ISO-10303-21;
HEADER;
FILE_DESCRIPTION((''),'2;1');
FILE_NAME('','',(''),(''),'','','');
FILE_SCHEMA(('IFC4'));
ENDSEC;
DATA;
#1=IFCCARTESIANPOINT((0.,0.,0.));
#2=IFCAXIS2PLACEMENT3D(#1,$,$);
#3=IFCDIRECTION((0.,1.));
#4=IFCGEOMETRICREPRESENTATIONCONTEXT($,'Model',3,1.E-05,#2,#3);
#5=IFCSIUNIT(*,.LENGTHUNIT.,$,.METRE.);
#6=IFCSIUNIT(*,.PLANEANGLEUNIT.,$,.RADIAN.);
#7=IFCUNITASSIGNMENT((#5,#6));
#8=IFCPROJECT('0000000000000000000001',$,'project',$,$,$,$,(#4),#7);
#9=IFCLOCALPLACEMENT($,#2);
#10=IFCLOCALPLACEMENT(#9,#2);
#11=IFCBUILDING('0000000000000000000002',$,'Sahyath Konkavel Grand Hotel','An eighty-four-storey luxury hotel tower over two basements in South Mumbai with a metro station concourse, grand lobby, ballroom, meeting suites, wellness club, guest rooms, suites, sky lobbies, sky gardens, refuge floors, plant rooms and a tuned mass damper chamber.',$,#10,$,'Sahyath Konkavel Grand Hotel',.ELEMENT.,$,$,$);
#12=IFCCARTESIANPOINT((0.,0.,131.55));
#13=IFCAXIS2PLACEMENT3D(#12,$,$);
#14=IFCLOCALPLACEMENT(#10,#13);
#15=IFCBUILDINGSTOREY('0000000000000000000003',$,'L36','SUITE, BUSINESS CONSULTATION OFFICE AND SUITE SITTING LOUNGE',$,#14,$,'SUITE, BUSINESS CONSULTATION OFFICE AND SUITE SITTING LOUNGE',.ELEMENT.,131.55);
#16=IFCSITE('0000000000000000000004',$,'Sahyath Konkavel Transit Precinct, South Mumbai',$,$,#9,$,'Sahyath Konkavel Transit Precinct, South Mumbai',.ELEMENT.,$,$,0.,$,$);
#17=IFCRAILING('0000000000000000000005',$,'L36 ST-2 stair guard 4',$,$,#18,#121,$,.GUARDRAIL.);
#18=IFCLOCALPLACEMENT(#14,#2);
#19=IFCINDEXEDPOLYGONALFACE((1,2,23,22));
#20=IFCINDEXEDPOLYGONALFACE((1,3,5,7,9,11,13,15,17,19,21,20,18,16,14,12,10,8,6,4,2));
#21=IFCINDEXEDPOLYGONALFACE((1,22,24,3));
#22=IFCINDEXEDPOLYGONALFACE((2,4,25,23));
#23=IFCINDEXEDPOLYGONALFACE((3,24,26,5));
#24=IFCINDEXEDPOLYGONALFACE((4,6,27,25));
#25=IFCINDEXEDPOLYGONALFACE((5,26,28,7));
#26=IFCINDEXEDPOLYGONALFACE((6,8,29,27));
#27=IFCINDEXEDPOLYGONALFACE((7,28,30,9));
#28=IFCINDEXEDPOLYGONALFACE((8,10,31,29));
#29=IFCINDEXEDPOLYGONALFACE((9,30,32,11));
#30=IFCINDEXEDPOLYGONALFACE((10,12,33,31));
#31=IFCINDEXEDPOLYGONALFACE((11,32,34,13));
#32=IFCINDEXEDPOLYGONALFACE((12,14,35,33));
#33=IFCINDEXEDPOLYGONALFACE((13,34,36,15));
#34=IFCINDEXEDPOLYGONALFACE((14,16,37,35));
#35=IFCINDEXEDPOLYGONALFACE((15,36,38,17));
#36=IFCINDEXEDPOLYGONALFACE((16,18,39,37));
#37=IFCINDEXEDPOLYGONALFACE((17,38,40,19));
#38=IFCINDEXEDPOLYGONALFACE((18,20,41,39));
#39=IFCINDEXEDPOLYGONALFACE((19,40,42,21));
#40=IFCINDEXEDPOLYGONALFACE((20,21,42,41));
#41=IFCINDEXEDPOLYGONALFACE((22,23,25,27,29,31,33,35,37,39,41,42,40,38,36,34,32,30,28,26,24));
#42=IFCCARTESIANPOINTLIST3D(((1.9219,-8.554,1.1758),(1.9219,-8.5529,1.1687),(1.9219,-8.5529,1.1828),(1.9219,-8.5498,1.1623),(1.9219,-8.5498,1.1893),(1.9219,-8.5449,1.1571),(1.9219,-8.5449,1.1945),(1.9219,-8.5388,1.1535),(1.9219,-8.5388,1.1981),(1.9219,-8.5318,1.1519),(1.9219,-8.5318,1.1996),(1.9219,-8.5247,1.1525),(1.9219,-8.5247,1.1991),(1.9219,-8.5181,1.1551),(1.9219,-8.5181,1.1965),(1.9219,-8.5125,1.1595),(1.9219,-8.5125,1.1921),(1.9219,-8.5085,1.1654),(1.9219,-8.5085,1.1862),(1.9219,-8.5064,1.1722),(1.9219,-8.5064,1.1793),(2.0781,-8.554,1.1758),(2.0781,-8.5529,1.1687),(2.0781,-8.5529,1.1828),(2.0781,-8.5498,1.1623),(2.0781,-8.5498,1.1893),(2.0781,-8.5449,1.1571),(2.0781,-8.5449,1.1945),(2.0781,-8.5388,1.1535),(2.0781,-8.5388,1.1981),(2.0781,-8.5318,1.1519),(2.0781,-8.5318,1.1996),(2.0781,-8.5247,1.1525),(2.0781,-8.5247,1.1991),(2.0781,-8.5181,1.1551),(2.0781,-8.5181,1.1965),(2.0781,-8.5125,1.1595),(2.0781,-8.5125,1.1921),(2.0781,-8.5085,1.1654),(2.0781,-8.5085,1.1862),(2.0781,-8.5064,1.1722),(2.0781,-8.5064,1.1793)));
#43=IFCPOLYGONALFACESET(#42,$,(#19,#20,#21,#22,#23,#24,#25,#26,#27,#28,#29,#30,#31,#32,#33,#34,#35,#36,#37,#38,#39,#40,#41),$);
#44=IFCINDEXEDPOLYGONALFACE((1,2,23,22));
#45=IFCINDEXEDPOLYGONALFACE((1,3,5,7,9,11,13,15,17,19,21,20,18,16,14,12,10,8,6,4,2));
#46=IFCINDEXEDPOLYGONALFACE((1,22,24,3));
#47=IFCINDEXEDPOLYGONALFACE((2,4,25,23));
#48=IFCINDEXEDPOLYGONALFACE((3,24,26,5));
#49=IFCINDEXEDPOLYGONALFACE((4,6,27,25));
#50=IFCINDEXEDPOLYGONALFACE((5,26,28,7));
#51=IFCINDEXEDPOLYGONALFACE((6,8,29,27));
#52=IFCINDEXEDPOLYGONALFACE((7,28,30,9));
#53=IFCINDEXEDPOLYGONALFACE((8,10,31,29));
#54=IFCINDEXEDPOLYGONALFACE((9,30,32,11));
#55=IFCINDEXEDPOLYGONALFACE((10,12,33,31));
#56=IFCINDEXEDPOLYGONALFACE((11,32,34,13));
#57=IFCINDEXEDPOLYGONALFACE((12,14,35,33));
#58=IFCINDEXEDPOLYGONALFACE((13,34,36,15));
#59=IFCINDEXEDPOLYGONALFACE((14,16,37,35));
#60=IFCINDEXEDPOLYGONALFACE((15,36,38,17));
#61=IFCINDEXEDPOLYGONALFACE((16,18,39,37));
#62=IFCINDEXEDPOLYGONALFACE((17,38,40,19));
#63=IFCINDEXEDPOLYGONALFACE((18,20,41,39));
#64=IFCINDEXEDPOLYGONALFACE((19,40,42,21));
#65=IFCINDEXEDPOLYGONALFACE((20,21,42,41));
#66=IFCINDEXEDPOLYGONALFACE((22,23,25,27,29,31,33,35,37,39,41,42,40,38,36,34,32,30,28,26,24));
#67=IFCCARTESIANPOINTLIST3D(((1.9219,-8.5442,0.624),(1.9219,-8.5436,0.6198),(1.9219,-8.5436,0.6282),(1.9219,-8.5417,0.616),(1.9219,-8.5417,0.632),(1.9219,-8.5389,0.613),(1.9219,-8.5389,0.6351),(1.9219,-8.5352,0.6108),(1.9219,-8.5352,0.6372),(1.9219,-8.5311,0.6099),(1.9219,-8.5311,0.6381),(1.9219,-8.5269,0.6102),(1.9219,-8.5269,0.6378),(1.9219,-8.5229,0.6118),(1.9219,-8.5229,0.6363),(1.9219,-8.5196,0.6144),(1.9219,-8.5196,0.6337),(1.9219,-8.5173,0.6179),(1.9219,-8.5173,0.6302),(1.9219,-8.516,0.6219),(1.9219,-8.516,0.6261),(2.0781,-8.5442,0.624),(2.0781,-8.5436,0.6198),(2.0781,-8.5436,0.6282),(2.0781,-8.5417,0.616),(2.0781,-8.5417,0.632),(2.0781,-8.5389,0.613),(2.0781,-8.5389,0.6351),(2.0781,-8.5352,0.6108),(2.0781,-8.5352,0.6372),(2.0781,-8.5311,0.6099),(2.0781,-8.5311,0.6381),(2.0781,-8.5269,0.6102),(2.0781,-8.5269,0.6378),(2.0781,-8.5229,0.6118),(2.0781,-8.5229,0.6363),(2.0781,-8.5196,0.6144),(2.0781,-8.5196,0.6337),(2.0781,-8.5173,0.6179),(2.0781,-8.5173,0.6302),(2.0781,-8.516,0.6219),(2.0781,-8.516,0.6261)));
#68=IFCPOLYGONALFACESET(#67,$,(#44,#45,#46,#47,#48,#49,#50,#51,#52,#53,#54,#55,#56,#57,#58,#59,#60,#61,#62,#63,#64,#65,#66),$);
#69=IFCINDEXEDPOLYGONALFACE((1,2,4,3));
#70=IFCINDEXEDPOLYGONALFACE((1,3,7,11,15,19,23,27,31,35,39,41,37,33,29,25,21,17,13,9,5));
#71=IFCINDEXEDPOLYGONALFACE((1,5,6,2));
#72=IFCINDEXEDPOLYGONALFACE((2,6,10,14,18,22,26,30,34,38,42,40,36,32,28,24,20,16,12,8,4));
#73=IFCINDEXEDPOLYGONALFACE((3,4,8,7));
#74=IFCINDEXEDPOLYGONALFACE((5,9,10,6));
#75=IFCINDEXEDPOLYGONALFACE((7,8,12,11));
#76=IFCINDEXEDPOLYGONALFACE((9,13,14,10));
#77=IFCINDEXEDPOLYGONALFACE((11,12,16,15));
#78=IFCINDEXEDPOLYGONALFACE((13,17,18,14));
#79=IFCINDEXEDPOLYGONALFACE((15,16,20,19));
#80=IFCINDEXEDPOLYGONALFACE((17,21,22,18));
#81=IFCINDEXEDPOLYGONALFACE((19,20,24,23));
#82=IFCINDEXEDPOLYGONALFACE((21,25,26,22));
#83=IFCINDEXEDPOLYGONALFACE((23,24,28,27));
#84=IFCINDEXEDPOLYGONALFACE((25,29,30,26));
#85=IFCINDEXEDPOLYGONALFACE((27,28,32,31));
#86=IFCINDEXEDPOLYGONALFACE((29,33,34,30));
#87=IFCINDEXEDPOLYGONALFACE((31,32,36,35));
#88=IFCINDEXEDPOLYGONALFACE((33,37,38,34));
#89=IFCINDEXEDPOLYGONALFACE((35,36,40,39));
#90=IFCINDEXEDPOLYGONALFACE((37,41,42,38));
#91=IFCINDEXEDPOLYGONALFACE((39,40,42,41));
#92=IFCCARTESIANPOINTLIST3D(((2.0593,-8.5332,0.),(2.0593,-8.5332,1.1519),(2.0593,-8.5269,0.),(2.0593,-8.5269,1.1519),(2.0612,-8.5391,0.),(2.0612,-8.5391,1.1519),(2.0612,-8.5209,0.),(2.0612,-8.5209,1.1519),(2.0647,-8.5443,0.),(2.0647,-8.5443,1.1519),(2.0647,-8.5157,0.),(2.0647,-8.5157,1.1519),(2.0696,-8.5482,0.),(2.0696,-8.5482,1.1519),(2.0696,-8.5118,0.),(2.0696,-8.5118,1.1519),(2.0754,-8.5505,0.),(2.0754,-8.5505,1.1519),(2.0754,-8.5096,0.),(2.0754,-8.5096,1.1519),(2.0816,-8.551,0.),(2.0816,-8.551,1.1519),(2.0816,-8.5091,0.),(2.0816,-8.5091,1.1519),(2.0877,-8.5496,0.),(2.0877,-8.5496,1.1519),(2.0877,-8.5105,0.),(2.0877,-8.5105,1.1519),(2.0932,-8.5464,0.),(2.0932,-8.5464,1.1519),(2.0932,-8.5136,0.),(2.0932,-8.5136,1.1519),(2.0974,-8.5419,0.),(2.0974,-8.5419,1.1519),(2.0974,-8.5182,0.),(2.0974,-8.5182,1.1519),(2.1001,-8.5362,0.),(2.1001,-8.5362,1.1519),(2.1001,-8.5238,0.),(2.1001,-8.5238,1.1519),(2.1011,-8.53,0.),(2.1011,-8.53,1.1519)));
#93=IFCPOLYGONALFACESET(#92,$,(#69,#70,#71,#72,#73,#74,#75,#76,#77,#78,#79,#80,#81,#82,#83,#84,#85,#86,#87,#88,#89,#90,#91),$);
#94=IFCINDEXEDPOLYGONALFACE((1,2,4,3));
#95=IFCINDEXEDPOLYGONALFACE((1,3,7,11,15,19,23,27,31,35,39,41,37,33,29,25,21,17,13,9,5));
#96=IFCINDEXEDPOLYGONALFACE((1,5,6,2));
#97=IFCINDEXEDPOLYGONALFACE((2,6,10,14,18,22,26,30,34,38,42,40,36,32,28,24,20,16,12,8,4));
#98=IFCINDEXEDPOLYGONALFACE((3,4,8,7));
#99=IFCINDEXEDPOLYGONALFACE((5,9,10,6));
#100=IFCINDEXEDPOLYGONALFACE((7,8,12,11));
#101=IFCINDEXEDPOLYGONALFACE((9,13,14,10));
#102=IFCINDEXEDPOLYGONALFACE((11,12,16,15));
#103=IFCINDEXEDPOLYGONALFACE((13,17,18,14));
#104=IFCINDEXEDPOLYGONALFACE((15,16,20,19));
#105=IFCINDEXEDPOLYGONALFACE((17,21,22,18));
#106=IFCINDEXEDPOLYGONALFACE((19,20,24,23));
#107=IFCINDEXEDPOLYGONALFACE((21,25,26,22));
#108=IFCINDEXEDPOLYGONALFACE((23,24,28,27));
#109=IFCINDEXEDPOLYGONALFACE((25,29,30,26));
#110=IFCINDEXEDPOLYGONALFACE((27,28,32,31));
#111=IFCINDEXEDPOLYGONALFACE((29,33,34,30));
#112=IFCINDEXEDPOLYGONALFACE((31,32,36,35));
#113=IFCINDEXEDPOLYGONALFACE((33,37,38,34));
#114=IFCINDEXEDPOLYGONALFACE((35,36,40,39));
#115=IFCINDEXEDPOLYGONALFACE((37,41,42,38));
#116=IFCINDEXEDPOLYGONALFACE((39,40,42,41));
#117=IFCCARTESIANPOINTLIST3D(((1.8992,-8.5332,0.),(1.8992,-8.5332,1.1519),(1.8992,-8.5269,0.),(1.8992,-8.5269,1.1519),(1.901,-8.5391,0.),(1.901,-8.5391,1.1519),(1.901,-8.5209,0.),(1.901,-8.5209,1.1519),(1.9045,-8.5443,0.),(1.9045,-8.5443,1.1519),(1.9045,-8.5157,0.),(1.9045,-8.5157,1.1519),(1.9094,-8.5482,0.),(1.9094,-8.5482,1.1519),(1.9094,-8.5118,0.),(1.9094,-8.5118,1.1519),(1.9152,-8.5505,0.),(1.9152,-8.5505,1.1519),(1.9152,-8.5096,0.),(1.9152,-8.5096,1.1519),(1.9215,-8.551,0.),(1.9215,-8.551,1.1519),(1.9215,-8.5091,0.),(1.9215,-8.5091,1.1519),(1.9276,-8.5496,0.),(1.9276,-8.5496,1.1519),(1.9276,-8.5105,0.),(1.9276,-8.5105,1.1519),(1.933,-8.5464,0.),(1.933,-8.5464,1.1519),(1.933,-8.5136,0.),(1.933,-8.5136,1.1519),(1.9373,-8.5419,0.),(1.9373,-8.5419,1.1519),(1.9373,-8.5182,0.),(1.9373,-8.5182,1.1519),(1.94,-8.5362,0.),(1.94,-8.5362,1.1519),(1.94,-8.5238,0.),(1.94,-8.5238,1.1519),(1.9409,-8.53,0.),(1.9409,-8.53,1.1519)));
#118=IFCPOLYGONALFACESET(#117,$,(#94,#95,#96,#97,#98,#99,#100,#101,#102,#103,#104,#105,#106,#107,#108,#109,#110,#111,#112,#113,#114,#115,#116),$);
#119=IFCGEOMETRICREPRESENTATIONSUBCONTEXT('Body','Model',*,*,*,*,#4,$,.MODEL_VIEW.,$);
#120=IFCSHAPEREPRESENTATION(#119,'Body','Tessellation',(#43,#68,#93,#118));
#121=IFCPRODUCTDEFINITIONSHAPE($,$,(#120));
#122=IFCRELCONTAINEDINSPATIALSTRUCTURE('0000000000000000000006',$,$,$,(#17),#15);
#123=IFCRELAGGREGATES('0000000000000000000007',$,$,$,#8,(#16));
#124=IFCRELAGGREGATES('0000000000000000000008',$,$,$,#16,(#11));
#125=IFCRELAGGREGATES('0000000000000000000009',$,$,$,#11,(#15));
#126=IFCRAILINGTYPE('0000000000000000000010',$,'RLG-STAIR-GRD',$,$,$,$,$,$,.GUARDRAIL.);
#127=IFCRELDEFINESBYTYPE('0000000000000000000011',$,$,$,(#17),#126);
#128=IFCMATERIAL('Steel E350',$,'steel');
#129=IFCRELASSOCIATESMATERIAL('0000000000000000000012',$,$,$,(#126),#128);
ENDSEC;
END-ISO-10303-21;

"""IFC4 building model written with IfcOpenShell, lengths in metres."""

from ifc_helpers import new_model, si_unit, direction, frame, origin, origin_2d, place, context, subcontext, project, spatial, circle, extrude, material, type_object, element, save


model = new_model("IFC4")

# Units and contexts
model_context = context("Model", 3, precision=1e-05, world=origin(), true_north=direction((0.0, 1.0)))
body_context = subcontext(model_context, "Body", "Model", "MODEL_VIEW")
ifc_project = project(units=[si_unit("LENGTHUNIT", "METRE"), si_unit("PLANEANGLEUNIT", "RADIAN")], contexts=[model_context])

# Site, building, storey
site_placement = place(None, origin())
site = spatial("IfcSite", under=ifc_project, at=site_placement, Name="Sahyath Konkavel Transit Precinct, South Mumbai", LongName="Sahyath Konkavel Transit Precinct, South Mumbai", CompositionType="ELEMENT", RefElevation=0.0)
building_placement = place(site_placement, origin())
building = spatial("IfcBuilding", under=site, at=building_placement, Name="Sahyath Konkavel Grand Hotel", Description="An eighty-four-storey luxury hotel tower over two basements in South Mumbai with a metro station concourse, grand lobby, ballroom, meeting suites, wellness club, guest rooms, suites, sky lobbies, sky gardens, refuge floors, plant rooms and a tuned mass damper chamber.", LongName="Sahyath Konkavel Grand Hotel", CompositionType="ELEMENT")
storey_placement = place(building_placement, frame((0.0, 0.0, 131.55)))
storey = spatial("IfcBuildingStorey", under=building, at=storey_placement, Name="L36", Description="SUITE, BUSINESS CONSULTATION OFFICE AND SUITE SITTING LOUNGE", LongName="SUITE, BUSINESS CONSULTATION OFFICE AND SUITE SITTING LOUNGE", CompositionType="ELEMENT", Elevation=131.55)

# Shared definitions
ifc_material_1 = material(Name="Steel E350", Category="steel")

# Railing
railing_type_1 = type_object("IfcRailingType", Name="RLG-STAIR-GRD", PredefinedType="GUARDRAIL", material=ifc_material_1)
railing_1_placement = place(storey_placement, frame((2.0801, -8.53, 0.0)))
element("IfcRailing", 1, at=railing_1_placement, inside=storey, type_object=railing_type_1, Name="L36 ST-2 stair guard 4", PredefinedType="GUARDRAIL", context=body_context, shape_type="SweptSolid", body=[
    extrude(circle(Radius=0.0239, at=origin_2d()), frame((-0.002, 0.0, 1.1758), z_axis=(-1.0, 0.0, 0.0), x_axis=(0.0, -1.0, 0.0)), (0.0, 0.0, 1.0), 0.1562),
    extrude(circle(Radius=0.0142, at=origin_2d()), frame((-0.002, 0.0, 0.624), z_axis=(-1.0, 0.0, 0.0), x_axis=(0.0, -1.0, 0.0)), (0.0, 0.0, 1.0), 0.1562),
    extrude(circle(Radius=0.021, at=origin_2d()), origin(), (0.0, 0.0, 1.0), 1.1519),
    extrude(circle(Radius=0.021, at=origin_2d()), frame((-0.1602, 0.0, 0.0)), (0.0, 0.0, 1.0), 1.1519),
])

save(model, "model.ifc")
